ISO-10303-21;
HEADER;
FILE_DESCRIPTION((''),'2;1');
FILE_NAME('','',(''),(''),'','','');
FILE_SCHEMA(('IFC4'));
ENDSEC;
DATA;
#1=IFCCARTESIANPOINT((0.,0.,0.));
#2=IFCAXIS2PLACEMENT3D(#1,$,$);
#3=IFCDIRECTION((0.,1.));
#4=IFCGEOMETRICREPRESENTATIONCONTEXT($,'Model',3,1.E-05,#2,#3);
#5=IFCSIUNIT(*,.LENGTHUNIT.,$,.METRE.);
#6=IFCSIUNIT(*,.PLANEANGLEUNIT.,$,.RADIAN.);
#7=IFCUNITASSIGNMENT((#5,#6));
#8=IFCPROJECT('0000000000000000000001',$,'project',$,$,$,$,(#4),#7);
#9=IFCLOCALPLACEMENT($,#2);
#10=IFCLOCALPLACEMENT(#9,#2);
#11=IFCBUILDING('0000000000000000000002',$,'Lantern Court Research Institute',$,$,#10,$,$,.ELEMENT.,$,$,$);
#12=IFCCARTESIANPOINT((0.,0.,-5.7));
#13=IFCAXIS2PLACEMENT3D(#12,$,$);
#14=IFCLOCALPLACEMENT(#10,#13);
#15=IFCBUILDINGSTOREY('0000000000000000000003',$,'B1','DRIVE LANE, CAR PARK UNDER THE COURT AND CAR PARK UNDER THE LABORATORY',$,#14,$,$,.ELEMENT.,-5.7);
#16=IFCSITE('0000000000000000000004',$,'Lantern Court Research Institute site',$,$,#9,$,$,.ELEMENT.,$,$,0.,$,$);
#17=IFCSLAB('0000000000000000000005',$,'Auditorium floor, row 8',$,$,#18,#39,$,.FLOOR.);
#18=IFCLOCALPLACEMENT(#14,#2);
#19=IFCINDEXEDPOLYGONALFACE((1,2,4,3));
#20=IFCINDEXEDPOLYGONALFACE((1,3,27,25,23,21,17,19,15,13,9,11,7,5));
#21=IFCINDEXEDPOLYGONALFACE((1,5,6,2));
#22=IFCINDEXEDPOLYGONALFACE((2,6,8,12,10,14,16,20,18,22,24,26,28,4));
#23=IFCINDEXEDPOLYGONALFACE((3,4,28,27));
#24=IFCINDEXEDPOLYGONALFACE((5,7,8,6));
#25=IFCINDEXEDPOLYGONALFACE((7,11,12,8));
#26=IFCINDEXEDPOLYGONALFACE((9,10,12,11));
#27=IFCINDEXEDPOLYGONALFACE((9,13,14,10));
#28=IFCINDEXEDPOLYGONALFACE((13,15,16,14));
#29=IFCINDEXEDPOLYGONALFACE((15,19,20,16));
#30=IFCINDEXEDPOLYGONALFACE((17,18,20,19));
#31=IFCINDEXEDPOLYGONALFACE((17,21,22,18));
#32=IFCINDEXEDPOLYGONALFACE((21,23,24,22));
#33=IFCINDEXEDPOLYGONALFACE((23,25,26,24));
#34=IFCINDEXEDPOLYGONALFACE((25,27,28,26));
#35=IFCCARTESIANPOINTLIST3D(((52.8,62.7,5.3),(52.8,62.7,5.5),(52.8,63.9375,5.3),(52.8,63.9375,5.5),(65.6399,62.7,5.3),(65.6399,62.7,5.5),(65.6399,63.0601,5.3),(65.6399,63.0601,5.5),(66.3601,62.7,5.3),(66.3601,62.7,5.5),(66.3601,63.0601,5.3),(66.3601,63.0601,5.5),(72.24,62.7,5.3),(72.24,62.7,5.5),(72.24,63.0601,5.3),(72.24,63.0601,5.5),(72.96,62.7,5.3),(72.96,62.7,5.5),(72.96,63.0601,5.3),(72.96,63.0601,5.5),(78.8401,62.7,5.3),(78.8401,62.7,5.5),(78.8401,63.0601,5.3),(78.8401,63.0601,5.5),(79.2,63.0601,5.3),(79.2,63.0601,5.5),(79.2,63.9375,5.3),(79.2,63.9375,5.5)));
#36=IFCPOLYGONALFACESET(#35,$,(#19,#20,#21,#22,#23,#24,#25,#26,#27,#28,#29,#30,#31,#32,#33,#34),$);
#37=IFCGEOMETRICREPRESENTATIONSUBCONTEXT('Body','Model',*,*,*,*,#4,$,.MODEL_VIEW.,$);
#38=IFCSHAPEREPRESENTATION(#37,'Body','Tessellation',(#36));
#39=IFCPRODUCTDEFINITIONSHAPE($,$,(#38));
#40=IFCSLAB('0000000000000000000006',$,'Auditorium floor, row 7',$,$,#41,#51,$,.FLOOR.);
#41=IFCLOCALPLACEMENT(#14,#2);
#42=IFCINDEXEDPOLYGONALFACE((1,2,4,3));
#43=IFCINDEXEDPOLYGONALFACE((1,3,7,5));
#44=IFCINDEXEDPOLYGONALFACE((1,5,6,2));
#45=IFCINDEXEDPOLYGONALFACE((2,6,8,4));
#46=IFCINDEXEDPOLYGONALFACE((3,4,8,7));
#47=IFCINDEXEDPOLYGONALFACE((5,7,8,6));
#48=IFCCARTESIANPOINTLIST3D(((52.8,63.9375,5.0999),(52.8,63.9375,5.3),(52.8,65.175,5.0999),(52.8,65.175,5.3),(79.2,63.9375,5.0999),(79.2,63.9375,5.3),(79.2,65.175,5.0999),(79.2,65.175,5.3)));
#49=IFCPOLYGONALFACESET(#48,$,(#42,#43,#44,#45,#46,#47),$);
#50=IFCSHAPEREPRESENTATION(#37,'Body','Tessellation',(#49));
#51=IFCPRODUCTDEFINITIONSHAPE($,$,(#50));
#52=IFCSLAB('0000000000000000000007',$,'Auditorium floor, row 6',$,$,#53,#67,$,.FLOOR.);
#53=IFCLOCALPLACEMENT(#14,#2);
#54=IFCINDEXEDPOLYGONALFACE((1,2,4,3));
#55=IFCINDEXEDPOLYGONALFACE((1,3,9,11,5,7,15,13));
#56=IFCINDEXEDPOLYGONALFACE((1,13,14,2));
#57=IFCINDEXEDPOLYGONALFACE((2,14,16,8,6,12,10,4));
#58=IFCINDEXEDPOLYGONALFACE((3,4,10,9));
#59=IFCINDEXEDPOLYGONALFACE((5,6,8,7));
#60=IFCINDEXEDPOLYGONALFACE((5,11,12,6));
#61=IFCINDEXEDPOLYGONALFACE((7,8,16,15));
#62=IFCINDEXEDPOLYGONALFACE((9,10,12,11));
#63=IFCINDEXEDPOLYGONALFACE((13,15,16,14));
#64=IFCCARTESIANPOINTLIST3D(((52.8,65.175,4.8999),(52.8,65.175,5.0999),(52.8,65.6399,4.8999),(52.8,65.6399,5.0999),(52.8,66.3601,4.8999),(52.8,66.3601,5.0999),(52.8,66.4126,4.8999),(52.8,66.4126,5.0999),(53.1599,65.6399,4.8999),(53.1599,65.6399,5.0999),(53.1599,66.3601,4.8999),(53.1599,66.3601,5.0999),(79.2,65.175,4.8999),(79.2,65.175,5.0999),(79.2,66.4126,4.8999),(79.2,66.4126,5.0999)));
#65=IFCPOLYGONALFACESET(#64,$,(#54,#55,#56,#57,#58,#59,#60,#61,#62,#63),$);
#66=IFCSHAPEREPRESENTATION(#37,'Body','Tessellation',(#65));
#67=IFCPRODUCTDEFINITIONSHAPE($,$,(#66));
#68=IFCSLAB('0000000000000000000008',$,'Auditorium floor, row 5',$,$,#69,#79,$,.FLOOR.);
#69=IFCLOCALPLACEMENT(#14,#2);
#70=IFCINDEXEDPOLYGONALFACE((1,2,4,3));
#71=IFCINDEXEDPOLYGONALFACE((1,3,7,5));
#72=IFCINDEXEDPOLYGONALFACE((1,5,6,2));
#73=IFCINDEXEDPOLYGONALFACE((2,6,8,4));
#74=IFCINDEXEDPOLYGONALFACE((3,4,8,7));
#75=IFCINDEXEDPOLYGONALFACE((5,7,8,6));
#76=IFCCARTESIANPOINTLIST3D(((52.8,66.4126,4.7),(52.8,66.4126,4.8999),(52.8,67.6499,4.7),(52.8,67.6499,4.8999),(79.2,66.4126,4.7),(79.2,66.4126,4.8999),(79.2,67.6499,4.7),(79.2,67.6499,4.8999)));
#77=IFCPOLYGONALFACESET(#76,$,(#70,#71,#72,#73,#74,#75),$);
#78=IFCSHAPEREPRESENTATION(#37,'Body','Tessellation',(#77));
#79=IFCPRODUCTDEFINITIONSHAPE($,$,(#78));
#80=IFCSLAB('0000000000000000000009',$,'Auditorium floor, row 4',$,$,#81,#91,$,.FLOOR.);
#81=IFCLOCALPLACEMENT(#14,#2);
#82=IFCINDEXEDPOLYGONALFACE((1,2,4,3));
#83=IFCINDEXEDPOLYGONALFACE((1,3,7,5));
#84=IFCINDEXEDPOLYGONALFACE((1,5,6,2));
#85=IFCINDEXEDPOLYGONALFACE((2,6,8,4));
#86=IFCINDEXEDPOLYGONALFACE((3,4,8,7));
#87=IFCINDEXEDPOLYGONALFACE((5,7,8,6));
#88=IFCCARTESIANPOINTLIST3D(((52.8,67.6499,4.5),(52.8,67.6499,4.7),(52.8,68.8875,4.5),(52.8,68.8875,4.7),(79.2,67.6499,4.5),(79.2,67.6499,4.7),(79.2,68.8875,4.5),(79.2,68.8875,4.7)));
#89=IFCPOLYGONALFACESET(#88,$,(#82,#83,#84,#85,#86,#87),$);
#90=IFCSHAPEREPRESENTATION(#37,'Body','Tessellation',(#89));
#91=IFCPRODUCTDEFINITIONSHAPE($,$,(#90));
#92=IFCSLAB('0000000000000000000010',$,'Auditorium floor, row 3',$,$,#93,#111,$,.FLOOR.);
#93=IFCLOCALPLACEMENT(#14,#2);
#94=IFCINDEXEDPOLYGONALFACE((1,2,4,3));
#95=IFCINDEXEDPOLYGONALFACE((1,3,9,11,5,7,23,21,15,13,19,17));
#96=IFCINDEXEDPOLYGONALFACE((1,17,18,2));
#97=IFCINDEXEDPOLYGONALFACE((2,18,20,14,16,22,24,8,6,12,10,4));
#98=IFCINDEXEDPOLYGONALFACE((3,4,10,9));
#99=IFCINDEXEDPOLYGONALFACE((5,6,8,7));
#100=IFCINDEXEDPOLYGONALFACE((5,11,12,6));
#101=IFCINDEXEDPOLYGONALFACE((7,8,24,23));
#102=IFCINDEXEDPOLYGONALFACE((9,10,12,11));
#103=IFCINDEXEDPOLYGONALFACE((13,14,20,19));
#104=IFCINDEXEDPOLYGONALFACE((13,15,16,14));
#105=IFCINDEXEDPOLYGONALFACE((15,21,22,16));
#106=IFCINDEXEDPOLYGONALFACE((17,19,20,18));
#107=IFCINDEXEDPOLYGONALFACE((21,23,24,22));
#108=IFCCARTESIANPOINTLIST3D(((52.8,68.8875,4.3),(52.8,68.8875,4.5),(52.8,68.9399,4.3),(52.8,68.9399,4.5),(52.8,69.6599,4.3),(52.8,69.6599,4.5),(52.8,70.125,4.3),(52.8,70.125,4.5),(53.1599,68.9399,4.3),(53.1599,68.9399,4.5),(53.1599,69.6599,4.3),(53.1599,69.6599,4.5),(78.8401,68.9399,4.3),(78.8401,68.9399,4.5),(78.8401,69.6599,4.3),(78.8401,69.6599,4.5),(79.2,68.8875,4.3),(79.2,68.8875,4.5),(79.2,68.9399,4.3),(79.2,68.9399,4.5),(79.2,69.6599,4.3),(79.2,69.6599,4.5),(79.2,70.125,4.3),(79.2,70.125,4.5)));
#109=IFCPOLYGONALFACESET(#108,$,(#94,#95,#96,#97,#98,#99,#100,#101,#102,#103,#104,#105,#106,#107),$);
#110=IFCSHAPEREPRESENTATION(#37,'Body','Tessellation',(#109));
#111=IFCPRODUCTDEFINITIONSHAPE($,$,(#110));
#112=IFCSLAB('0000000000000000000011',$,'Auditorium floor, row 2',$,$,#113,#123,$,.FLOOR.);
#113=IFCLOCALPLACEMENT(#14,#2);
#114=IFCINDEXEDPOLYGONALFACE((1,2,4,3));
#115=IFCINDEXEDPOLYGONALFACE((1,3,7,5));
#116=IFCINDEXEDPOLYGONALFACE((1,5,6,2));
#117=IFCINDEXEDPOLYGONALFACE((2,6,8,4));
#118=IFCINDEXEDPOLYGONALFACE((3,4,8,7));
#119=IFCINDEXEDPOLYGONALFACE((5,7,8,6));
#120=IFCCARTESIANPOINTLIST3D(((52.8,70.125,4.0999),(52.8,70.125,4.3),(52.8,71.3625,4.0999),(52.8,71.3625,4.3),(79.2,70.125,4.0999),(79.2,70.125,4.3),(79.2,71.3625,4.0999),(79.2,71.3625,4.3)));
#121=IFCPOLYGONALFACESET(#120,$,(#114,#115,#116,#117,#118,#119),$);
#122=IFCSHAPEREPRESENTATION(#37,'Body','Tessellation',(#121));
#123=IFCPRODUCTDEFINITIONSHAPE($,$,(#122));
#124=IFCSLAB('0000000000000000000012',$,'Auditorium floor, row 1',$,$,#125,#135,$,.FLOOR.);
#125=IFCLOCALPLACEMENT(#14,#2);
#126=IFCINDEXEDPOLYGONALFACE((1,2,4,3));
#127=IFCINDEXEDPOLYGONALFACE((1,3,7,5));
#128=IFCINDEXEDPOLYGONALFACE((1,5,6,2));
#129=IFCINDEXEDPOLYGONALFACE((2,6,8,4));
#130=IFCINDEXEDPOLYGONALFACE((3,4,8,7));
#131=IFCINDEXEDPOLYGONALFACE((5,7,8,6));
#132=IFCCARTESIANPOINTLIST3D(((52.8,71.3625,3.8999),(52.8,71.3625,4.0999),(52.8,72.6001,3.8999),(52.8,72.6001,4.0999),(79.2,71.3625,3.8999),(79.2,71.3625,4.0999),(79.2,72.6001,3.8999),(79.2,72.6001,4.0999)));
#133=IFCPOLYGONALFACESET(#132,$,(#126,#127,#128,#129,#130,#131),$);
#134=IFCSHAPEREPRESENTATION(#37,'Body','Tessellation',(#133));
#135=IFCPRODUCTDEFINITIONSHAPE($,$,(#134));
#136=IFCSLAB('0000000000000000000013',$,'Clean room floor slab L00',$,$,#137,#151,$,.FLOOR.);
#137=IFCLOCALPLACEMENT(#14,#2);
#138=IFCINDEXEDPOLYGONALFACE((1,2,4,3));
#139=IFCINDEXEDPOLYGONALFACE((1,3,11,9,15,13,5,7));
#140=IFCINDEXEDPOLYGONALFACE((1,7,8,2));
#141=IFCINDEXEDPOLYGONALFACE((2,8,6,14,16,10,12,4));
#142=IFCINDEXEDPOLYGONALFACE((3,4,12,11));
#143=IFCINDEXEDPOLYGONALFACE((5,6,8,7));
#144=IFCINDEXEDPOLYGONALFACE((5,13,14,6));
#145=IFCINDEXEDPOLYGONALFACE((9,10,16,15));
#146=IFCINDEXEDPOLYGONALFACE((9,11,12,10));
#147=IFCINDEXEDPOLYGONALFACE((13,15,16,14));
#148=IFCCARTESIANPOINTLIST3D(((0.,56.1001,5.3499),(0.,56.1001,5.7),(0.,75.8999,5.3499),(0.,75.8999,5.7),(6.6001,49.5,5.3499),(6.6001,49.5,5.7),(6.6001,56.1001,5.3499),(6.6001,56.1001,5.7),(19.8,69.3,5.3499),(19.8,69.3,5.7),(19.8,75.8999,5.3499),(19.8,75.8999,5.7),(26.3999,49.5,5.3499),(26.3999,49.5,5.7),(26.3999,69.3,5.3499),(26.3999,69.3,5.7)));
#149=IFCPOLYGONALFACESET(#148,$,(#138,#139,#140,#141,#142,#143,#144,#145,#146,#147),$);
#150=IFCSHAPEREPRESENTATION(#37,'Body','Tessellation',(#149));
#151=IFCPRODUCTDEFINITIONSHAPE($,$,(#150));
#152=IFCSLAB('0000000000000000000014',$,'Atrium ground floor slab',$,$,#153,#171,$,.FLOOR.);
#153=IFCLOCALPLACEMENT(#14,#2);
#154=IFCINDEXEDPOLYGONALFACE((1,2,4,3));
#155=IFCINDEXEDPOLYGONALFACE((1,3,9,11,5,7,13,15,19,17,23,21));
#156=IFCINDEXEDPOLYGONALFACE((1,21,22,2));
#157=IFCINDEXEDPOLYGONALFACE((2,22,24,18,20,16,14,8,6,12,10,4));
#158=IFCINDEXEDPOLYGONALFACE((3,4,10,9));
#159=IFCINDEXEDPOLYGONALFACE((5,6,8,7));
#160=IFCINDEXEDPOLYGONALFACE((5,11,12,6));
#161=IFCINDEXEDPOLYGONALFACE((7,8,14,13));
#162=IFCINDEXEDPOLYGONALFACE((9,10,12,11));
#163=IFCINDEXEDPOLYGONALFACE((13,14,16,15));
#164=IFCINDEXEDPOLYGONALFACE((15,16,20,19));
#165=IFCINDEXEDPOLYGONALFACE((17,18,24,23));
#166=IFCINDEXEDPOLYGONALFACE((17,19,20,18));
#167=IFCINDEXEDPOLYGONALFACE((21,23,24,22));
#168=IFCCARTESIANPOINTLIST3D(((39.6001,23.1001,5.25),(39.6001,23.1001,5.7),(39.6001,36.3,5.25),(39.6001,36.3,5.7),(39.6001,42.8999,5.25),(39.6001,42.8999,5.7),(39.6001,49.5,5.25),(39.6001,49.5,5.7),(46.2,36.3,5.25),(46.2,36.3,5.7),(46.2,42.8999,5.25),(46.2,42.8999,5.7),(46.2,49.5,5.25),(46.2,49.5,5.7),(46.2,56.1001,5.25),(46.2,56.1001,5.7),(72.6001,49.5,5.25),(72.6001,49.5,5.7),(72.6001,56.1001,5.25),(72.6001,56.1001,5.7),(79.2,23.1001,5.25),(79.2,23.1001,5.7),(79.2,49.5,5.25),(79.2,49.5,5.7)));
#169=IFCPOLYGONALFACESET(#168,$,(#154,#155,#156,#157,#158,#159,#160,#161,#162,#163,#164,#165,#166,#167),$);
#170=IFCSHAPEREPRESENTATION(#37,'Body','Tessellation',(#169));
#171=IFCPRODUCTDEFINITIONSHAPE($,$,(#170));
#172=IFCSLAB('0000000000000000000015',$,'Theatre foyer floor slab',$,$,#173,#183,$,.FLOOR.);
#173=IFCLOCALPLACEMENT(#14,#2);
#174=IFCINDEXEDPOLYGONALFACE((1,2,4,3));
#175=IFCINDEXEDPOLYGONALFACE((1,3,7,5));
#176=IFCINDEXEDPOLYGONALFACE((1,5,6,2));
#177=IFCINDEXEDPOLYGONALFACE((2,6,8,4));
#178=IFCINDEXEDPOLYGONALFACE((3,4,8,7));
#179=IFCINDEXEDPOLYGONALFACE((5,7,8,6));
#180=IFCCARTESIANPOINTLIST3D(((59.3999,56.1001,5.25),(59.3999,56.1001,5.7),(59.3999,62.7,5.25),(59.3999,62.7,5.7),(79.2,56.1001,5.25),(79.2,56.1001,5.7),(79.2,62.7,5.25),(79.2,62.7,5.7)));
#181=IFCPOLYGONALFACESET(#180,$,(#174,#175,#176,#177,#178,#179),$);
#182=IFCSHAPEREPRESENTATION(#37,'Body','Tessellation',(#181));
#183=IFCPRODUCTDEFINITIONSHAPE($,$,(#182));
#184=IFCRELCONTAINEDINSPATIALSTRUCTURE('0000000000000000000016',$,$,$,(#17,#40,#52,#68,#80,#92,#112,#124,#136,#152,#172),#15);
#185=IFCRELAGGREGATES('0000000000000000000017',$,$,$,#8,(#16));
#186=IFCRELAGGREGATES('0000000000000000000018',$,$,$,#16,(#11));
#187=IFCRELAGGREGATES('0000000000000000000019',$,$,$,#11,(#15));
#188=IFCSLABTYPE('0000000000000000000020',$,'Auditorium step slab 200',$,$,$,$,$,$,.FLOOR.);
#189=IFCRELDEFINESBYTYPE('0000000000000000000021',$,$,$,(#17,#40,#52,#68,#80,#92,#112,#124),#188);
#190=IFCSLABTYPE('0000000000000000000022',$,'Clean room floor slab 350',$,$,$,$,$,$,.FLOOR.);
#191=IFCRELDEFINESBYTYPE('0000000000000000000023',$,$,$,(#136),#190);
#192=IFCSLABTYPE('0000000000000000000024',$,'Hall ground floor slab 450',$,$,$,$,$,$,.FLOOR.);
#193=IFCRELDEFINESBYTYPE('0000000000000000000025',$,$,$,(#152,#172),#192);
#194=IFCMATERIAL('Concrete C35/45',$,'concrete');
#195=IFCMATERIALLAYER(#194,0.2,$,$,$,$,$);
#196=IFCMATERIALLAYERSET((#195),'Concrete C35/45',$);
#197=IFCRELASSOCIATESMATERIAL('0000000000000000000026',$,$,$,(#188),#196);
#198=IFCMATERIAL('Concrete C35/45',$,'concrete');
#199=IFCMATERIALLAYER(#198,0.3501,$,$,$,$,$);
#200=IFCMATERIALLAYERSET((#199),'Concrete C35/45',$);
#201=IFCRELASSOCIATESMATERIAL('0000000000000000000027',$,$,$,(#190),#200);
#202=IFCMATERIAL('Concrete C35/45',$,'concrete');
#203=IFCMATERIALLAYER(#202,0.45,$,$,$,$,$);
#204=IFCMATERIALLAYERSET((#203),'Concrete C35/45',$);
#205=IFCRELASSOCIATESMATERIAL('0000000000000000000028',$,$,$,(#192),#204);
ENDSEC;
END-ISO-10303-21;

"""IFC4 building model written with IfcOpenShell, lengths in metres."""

from ifc_helpers import new_model, si_unit, direction, frame, origin, place, context, subcontext, project, spatial, polyline, outline, extrude, material, layer, layer_set, type_object, element, save


model = new_model("IFC4")

# Units and contexts
model_context = context("Model", 3, precision=1e-05, world=origin(), true_north=direction((0.0, 1.0)))
body_context = subcontext(model_context, "Body", "Model", "MODEL_VIEW")
ifc_project = project(units=[si_unit("LENGTHUNIT", "METRE"), si_unit("PLANEANGLEUNIT", "RADIAN")], contexts=[model_context])

# Site, building, storey
site_placement = place(None, origin())
site = spatial("IfcSite", under=ifc_project, at=site_placement, Name="Lantern Court Research Institute site", CompositionType="ELEMENT", RefElevation=0.0)
building_placement = place(site_placement, origin())
building = spatial("IfcBuilding", under=site, at=building_placement, Name="Lantern Court Research Institute", CompositionType="ELEMENT")
storey_placement = place(building_placement, frame((0.0, 0.0, -5.7)))
storey = spatial("IfcBuildingStorey", under=building, at=storey_placement, Name="B1", Description="DRIVE LANE, CAR PARK UNDER THE COURT AND CAR PARK UNDER THE LABORATORY", CompositionType="ELEMENT", Elevation=-5.7)

# Slabs
ifc_material_1 = material(Name="Concrete C35/45", Category="concrete")
ifc_layer_1 = layer(ifc_material_1, 0.2)
ifc_layer_set_1 = layer_set([ifc_layer_1], Name="Concrete C35/45")
slab_type_1 = type_object("IfcSlabType", Name="Auditorium step slab 200", PredefinedType="FLOOR", material=ifc_layer_set_1)
slab_1_placement = place(storey_placement, frame((0.0, 0.0, 5.3)))
element("IfcSlab", 1, at=slab_1_placement, inside=storey, type_object=slab_type_1, Name="Auditorium floor, row 8", PredefinedType="FLOOR", context=body_context, shape_type="SweptSolid", body=[
    extrude(outline(polyline([(65.6399, 63.0601), (65.6399, 62.7), (52.8, 62.7), (52.8, 63.9375), (79.2, 63.9375), (79.2, 63.0601), (78.8401, 63.0601), (78.8401, 62.7), (72.96, 62.7), (72.96, 63.0601), (72.24, 63.0601), (72.24, 62.7), (66.3601, 62.7), (66.3601, 63.0601), (65.6399, 63.0601)])), origin(), (0.0, 0.0, 1.0), 0.2),
])
slab_2_placement = place(storey_placement, frame((0.0, 0.0, 5.0999)))
element("IfcSlab", 2, at=slab_2_placement, inside=storey, type_object=slab_type_1, Name="Auditorium floor, row 7", PredefinedType="FLOOR", context=body_context, shape_type="SweptSolid", body=[
    extrude(outline(polyline([(79.2, 65.175), (79.2, 63.9375), (52.8, 63.9375), (52.8, 65.175), (79.2, 65.175)])), origin(), (0.0, 0.0, 1.0), 0.2002),
])
slab_3_placement = place(storey_placement, frame((0.0, 0.0, 4.8999)))
element("IfcSlab", 3, at=slab_3_placement, inside=storey, type_object=slab_type_1, Name="Auditorium floor, row 6", PredefinedType="FLOOR", context=body_context, shape_type="SweptSolid", body=[
    extrude(outline(polyline([(79.2, 66.4126), (79.2, 65.175), (52.8, 65.175), (52.8, 65.6399), (53.1599, 65.6399), (53.1599, 66.3601), (52.8, 66.3601), (52.8, 66.4126), (79.2, 66.4126)])), origin(), (0.0, 0.0, 1.0), 0.2),
])
slab_4_placement = place(storey_placement, frame((0.0, 0.0, 4.7)))
element("IfcSlab", 4, at=slab_4_placement, inside=storey, type_object=slab_type_1, Name="Auditorium floor, row 5", PredefinedType="FLOOR", context=body_context, shape_type="SweptSolid", body=[
    extrude(outline(polyline([(79.2, 67.6499), (79.2, 66.4126), (52.8, 66.4126), (52.8, 67.6499), (79.2, 67.6499)])), origin(), (0.0, 0.0, 1.0), 0.2),
])
slab_5_placement = place(storey_placement, frame((0.0, 0.0, 4.5)))
element("IfcSlab", 5, at=slab_5_placement, inside=storey, type_object=slab_type_1, Name="Auditorium floor, row 4", PredefinedType="FLOOR", context=body_context, shape_type="SweptSolid", body=[
    extrude(outline(polyline([(79.2, 68.8875), (79.2, 67.6499), (52.8, 67.6499), (52.8, 68.8875), (79.2, 68.8875)])), origin(), (0.0, 0.0, 1.0), 0.2),
])
slab_6_placement = place(storey_placement, frame((0.0, 0.0, 4.3)))
element("IfcSlab", 6, at=slab_6_placement, inside=storey, type_object=slab_type_1, Name="Auditorium floor, row 3", PredefinedType="FLOOR", context=body_context, shape_type="SweptSolid", body=[
    extrude(outline(polyline([(79.2, 68.9399), (79.2, 68.8875), (52.8, 68.8875), (52.8, 68.9399), (53.1599, 68.9399), (53.1599, 69.6599), (52.8, 69.6599), (52.8, 70.125), (79.2, 70.125), (79.2, 69.6599), (78.8401, 69.6599), (78.8401, 68.9399), (79.2, 68.9399)])), origin(), (0.0, 0.0, 1.0), 0.2),
])
slab_7_placement = place(storey_placement, frame((0.0, 0.0, 4.0999)))
element("IfcSlab", 7, at=slab_7_placement, inside=storey, type_object=slab_type_1, Name="Auditorium floor, row 2", PredefinedType="FLOOR", context=body_context, shape_type="SweptSolid", body=[
    extrude(outline(polyline([(79.2, 71.3625), (79.2, 70.125), (52.8, 70.125), (52.8, 71.3625), (79.2, 71.3625)])), origin(), (0.0, 0.0, 1.0), 0.2002),
])
slab_8_placement = place(storey_placement, frame((0.0, 0.0, 3.8999)))
element("IfcSlab", 8, at=slab_8_placement, inside=storey, type_object=slab_type_1, Name="Auditorium floor, row 1", PredefinedType="FLOOR", context=body_context, shape_type="SweptSolid", body=[
    extrude(outline(polyline([(79.2, 72.6001), (79.2, 71.3625), (52.8, 71.3625), (52.8, 72.6001), (79.2, 72.6001)])), origin(), (0.0, 0.0, 1.0), 0.2),
])
ifc_material_2 = material(Name="Concrete C35/45", Category="concrete")
ifc_layer_2 = layer(ifc_material_2, 0.3501)
ifc_layer_set_2 = layer_set([ifc_layer_2], Name="Concrete C35/45")
slab_type_2 = type_object("IfcSlabType", Name="Clean room floor slab 350", PredefinedType="FLOOR", material=ifc_layer_set_2)
slab_9_placement = place(storey_placement, frame((0.0, 0.0, 5.3499)))
element("IfcSlab", 9, at=slab_9_placement, inside=storey, type_object=slab_type_2, Name="Clean room floor slab L00", PredefinedType="FLOOR", context=body_context, shape_type="SweptSolid", body=[
    extrude(outline(polyline([(19.8, 75.8999), (19.8, 69.3), (26.3999, 69.3), (26.3999, 49.5), (6.6001, 49.5), (6.6001, 56.1001), (0.0, 56.1001), (0.0, 75.8999), (19.8, 75.8999)])), origin(), (0.0, 0.0, 1.0), 0.3501),
])
ifc_material_3 = material(Name="Concrete C35/45", Category="concrete")
ifc_layer_3 = layer(ifc_material_3, 0.45)
ifc_layer_set_3 = layer_set([ifc_layer_3], Name="Concrete C35/45")
slab_type_3 = type_object("IfcSlabType", Name="Hall ground floor slab 450", PredefinedType="FLOOR", material=ifc_layer_set_3)
slab_10_placement = place(storey_placement, frame((0.0, 0.0, 5.25)))
element("IfcSlab", 10, at=slab_10_placement, inside=storey, type_object=slab_type_3, Name="Atrium ground floor slab", PredefinedType="FLOOR", context=body_context, shape_type="SweptSolid", body=[
    extrude(outline(polyline([(39.6001, 23.1001), (39.6001, 36.3), (46.2, 36.3), (46.2, 42.8999), (39.6001, 42.8999), (39.6001, 49.5), (46.2, 49.5), (46.2, 56.1001), (72.6001, 56.1001), (72.6001, 49.5), (79.2, 49.5), (79.2, 23.1001), (39.6001, 23.1001)])), origin(), (0.0, 0.0, 1.0), 0.45),
])
slab_11_placement = place(storey_placement, frame((0.0, 0.0, 5.25)))
element("IfcSlab", 11, at=slab_11_placement, inside=storey, type_object=slab_type_3, Name="Theatre foyer floor slab", PredefinedType="FLOOR", context=body_context, shape_type="SweptSolid", body=[
    extrude(outline(polyline([(79.2, 62.7), (79.2, 56.1001), (59.3999, 56.1001), (59.3999, 62.7), (79.2, 62.7)])), origin(), (0.0, 0.0, 1.0), 0.45),
])

save(model, "model.ifc")
